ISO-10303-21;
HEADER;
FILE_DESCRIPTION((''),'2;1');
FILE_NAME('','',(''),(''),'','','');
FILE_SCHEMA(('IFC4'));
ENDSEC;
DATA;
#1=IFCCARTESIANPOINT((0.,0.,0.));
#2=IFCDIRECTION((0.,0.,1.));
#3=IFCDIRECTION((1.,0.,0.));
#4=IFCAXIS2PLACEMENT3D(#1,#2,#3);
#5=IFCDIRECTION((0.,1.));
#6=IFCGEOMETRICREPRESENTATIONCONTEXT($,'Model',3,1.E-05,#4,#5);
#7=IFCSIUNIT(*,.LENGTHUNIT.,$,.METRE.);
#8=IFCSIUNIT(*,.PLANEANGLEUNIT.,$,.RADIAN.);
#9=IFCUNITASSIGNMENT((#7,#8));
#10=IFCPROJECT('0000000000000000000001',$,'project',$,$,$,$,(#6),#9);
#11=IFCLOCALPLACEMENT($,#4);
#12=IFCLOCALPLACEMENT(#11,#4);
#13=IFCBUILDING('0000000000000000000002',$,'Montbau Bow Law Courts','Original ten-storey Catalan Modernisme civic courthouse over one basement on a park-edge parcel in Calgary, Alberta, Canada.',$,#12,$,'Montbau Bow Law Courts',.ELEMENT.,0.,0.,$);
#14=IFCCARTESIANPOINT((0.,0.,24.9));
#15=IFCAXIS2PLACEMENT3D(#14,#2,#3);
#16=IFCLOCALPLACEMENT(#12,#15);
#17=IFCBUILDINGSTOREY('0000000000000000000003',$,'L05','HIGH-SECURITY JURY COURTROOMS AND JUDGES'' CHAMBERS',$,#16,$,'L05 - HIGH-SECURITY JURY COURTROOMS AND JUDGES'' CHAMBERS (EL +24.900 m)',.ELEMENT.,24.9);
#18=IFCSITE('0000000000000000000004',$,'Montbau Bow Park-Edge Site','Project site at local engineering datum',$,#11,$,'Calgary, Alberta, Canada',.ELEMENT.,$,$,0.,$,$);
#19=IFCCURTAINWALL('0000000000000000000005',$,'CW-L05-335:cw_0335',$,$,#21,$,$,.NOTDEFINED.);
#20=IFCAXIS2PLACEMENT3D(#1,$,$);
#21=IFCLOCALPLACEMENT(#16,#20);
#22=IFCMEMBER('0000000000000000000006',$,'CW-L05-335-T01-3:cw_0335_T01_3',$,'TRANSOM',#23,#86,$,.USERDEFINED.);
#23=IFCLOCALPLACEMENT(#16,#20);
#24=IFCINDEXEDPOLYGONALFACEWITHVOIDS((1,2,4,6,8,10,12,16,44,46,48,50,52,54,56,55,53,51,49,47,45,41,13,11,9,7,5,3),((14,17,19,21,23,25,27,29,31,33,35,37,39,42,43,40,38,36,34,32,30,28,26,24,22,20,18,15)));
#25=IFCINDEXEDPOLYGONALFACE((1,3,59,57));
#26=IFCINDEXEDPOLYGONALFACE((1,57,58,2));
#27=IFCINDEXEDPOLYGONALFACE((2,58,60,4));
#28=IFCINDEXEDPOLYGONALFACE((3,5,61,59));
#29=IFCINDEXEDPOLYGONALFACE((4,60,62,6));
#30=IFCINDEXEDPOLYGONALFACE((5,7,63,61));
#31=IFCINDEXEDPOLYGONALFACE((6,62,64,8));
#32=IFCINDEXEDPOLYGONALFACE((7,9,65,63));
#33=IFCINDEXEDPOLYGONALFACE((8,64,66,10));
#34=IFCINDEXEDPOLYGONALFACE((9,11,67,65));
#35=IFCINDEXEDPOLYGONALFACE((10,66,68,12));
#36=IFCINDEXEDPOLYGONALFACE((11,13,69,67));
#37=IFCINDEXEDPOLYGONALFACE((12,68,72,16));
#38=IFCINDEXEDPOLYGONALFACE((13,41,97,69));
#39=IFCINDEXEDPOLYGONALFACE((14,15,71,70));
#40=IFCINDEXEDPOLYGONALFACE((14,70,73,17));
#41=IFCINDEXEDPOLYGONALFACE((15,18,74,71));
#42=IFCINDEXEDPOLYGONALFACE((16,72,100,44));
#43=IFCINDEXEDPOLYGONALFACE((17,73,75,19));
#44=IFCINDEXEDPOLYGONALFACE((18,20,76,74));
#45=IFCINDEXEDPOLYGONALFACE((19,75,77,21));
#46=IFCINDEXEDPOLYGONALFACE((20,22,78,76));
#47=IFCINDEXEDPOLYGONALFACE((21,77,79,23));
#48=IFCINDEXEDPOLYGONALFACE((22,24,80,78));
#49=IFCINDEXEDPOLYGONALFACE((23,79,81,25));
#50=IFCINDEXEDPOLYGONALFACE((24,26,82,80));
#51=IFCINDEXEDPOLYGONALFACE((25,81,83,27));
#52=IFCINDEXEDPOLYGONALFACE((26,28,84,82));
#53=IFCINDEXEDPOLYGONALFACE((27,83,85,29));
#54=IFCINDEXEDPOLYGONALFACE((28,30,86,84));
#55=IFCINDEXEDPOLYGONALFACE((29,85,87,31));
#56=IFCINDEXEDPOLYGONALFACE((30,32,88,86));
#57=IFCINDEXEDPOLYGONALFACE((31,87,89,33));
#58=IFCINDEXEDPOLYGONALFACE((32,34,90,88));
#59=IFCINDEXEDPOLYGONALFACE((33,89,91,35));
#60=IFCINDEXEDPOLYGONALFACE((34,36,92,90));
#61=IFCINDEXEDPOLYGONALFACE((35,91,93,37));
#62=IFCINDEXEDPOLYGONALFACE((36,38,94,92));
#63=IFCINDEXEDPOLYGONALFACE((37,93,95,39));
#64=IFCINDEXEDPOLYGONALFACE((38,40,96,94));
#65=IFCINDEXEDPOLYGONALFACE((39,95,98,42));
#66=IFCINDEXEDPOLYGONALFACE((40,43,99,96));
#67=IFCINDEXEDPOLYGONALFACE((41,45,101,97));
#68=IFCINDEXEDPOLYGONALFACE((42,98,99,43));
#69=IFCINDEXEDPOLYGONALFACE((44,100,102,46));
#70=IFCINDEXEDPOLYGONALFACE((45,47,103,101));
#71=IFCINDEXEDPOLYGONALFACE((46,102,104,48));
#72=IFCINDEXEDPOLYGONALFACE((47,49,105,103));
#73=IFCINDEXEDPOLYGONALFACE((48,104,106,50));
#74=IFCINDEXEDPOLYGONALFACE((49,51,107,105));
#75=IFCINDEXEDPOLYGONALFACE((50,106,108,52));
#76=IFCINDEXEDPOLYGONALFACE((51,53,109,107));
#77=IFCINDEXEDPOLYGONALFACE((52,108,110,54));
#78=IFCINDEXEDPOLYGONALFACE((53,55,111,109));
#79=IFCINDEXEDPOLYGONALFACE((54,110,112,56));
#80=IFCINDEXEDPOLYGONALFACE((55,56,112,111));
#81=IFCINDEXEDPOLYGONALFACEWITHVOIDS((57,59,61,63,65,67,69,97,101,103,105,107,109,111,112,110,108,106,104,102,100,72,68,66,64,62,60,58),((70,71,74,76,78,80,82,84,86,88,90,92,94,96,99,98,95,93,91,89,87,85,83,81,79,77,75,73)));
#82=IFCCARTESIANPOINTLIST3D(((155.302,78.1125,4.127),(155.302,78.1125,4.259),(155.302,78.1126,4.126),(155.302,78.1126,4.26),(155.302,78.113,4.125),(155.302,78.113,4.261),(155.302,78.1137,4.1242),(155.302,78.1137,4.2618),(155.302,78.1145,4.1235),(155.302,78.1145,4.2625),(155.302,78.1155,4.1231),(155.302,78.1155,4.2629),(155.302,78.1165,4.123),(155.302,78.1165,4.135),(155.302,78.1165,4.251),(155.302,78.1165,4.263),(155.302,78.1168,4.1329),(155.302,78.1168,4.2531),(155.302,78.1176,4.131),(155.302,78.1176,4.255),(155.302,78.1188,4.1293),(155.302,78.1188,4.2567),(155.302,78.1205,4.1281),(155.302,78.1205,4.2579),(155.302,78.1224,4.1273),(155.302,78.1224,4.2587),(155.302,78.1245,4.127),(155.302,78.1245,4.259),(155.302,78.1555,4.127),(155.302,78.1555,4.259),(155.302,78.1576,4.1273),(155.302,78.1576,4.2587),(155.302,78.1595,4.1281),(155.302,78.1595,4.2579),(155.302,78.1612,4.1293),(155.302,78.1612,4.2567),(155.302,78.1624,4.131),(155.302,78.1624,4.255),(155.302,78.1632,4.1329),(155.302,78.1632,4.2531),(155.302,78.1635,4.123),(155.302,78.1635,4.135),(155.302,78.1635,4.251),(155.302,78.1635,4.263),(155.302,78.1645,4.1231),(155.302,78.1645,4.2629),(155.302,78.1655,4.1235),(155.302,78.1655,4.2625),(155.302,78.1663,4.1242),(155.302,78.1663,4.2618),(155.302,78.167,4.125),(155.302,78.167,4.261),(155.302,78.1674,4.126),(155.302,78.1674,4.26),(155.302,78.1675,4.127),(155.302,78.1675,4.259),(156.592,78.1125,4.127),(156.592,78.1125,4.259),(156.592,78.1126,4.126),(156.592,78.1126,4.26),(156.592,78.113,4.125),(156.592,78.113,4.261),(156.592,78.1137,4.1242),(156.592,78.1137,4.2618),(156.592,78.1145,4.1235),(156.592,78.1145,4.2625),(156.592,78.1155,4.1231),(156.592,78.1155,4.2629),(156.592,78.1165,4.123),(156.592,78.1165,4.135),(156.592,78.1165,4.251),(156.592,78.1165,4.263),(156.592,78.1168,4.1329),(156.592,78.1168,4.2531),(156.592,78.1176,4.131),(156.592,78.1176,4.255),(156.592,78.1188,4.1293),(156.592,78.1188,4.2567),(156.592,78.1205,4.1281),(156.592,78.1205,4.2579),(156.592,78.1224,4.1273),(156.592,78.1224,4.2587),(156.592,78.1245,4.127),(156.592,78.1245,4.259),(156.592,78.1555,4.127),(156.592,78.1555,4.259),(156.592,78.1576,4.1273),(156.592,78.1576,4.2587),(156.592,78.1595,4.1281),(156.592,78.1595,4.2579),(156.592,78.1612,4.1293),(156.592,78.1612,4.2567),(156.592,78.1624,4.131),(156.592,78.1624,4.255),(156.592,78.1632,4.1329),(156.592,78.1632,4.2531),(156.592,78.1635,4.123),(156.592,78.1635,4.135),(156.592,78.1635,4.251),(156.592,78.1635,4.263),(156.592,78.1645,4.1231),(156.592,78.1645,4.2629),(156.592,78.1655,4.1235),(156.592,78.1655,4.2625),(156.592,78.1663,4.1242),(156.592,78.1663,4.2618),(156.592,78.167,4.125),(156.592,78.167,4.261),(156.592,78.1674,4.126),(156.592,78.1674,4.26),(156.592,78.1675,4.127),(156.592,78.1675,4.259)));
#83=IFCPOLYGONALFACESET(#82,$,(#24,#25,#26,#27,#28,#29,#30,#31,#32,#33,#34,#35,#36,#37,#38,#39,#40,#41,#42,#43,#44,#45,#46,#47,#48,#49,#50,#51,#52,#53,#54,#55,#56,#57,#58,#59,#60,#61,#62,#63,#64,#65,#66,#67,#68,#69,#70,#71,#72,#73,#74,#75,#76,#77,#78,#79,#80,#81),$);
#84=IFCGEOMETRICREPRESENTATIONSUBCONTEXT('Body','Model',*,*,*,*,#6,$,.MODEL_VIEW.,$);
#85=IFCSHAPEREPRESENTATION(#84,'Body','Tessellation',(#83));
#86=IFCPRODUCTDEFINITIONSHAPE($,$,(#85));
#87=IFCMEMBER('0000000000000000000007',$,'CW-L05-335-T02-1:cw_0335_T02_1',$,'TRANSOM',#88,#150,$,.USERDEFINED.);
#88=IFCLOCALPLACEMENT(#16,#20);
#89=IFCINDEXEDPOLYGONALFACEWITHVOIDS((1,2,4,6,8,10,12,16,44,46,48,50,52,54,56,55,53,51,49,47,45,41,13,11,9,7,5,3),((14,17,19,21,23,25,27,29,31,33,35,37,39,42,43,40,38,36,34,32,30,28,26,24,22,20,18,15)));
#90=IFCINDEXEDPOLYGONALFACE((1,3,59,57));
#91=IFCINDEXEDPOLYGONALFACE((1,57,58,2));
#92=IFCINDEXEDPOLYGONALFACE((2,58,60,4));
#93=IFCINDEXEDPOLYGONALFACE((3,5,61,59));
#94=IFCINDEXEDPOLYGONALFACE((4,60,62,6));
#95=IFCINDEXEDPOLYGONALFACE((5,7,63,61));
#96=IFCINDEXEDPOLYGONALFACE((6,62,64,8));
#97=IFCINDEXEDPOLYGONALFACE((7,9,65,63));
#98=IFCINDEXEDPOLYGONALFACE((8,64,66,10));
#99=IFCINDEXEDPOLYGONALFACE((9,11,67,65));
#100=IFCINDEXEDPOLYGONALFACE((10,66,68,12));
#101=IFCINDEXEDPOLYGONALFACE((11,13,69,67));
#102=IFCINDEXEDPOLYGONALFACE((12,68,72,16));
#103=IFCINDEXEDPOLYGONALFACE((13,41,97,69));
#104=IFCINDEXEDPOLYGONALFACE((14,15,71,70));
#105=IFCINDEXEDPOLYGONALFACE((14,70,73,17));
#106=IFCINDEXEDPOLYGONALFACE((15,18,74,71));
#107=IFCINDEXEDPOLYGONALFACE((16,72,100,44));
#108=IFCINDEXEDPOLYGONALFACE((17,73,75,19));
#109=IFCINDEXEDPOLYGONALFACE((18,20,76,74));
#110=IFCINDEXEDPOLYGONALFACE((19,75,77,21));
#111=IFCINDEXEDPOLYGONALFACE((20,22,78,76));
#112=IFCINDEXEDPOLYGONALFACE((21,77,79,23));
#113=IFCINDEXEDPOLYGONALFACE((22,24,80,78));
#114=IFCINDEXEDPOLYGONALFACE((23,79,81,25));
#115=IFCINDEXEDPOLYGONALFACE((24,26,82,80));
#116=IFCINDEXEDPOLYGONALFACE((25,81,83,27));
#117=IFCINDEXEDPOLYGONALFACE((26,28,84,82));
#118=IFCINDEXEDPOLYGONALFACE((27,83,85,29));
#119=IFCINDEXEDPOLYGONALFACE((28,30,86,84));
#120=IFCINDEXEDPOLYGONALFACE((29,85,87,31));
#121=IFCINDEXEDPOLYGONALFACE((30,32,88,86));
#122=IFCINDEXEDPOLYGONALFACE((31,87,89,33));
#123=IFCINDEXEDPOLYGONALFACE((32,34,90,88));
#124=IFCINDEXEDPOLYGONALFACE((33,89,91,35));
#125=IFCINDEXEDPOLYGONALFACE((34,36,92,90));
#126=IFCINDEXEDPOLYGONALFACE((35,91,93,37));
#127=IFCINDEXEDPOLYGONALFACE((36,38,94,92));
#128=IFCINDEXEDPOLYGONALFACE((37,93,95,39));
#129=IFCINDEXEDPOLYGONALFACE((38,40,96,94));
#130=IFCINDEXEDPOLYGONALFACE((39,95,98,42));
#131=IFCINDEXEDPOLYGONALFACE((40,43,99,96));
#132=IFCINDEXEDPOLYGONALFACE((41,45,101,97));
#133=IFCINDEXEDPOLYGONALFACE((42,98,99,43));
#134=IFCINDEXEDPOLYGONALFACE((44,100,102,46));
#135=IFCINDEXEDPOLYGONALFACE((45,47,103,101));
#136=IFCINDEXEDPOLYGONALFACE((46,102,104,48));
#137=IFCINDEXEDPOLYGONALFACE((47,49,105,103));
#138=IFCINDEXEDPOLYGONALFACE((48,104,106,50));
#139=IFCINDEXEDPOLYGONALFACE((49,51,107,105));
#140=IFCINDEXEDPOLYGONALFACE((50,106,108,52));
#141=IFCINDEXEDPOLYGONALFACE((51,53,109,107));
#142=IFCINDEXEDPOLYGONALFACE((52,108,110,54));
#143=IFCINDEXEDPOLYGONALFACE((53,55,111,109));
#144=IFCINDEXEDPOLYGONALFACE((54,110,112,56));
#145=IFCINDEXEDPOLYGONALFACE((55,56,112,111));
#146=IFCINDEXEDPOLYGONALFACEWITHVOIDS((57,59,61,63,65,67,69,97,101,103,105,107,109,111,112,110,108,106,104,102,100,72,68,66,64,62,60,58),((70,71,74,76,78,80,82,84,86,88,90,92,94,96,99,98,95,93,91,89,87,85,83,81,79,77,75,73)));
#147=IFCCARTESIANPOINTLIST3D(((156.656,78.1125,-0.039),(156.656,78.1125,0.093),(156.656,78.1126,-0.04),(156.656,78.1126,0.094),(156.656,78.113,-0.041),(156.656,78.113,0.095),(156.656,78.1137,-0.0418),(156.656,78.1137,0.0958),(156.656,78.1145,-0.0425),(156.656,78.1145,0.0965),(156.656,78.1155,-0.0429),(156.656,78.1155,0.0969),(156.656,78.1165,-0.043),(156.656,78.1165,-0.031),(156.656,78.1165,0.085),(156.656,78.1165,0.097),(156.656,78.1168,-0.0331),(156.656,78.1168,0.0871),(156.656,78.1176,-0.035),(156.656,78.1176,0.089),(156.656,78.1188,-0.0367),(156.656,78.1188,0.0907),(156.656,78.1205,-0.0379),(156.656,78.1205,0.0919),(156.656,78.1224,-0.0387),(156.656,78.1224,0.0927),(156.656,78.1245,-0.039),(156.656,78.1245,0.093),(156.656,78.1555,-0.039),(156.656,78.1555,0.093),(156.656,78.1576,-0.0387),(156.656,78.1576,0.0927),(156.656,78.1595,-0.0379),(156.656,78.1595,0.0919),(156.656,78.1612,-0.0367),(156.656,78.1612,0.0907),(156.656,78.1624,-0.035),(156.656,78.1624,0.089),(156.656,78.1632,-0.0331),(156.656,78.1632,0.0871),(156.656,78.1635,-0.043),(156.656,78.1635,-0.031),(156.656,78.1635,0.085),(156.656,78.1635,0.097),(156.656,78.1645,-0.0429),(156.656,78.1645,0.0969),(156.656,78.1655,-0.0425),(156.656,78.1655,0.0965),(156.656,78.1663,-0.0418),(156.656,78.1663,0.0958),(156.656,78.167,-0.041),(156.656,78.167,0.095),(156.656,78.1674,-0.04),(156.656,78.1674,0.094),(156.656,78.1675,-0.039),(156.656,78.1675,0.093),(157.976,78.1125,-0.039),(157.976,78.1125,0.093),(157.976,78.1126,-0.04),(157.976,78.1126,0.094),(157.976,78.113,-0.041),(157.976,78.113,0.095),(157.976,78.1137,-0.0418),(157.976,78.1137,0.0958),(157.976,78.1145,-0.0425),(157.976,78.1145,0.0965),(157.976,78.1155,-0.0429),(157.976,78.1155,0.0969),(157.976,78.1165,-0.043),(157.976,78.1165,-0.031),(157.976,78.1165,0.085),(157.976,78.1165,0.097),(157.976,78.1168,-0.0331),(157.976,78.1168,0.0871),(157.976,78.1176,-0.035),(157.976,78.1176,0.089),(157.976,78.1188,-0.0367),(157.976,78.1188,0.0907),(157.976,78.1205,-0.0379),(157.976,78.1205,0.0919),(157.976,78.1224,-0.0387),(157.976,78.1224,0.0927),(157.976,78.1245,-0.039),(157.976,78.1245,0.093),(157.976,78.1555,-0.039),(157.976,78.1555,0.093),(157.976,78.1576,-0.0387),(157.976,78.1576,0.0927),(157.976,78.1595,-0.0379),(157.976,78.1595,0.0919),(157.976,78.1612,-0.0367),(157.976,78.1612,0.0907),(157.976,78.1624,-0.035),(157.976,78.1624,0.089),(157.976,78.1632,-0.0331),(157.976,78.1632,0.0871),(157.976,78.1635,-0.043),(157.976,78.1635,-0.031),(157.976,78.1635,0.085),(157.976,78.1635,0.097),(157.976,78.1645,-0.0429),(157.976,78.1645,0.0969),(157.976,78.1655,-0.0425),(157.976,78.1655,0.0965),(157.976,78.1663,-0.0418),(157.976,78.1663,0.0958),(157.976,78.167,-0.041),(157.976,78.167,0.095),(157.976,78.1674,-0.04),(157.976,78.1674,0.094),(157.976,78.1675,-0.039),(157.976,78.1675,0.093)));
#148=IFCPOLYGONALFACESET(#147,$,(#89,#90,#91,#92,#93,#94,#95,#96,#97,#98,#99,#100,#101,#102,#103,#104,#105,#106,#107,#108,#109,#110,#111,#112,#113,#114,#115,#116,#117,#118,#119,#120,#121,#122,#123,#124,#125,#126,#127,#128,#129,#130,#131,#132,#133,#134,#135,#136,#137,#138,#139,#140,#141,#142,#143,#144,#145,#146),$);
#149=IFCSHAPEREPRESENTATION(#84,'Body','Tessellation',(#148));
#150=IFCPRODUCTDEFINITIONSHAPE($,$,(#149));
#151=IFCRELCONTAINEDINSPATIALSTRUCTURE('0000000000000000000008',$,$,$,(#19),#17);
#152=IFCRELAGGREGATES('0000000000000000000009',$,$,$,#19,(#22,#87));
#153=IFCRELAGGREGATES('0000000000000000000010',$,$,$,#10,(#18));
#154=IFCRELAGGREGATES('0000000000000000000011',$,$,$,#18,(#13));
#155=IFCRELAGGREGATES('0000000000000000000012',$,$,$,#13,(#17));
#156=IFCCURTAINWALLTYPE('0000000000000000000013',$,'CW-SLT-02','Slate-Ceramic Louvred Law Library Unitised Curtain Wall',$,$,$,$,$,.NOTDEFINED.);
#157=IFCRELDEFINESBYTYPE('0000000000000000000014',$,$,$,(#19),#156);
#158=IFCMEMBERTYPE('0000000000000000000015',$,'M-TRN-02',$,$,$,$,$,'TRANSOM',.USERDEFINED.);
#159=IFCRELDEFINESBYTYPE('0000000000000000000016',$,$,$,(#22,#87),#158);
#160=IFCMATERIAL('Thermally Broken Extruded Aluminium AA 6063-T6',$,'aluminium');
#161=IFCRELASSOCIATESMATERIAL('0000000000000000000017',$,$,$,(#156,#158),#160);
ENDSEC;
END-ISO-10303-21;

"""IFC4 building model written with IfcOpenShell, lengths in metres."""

from ifc_helpers import new_model, si_unit, direction, frame, origin_with_axes, origin_2d_with_axis, place, context, subcontext, project, spatial, hollow_rectangle, extrude, material, material_profile, profile_set, type_object, element, aggregate, save


model = new_model("IFC4")

# Units and contexts
model_context = context("Model", 3, precision=1e-05, world=origin_with_axes(), true_north=direction((0.0, 1.0)))
body_context = subcontext(model_context, "Body", "Model", "MODEL_VIEW")
ifc_project = project(units=[si_unit("LENGTHUNIT", "METRE"), si_unit("PLANEANGLEUNIT", "RADIAN")], contexts=[model_context])

# Site, building, storey
site_placement = place(None, origin_with_axes())
site = spatial("IfcSite", under=ifc_project, at=site_placement, Name="Montbau Bow Park-Edge Site", Description="Project site at local engineering datum", LongName="Calgary, Alberta, Canada", CompositionType="ELEMENT", RefElevation=0.0)
building_placement = place(site_placement, origin_with_axes())
building = spatial("IfcBuilding", under=site, at=building_placement, Name="Montbau Bow Law Courts", Description="Original ten-storey Catalan Modernisme civic courthouse over one basement on a park-edge parcel in Calgary, Alberta, Canada.", LongName="Montbau Bow Law Courts", CompositionType="ELEMENT", ElevationOfRefHeight=0.0, ElevationOfTerrain=0.0)
storey_placement = place(building_placement, frame((0.0, 0.0, 24.9), z_axis=(0.0, 0.0, 1.0), x_axis=(1.0, 0.0, 0.0)))
storey = spatial("IfcBuildingStorey", under=building, at=storey_placement, Name="L05", Description="HIGH-SECURITY JURY COURTROOMS AND JUDGES' CHAMBERS", LongName="L05 - HIGH-SECURITY JURY COURTROOMS AND JUDGES' CHAMBERS (EL +24.900 m)", CompositionType="ELEMENT", Elevation=24.9)

# Curtain wall, members
ifc_material_1 = material(Name="Thermally Broken Extruded Aluminium AA 6063-T6", Category="aluminium")
curtain_wall_type = type_object("IfcCurtainWallType", Name="CW-SLT-02", Description="Slate-Ceramic Louvred Law Library Unitised Curtain Wall", PredefinedType="NOTDEFINED", material=ifc_material_1)
curtain_wall_placement = place(None, frame((155.24, 78.14, 24.9), z_axis=(0.0, 0.0, 1.0), x_axis=(1.0, 0.0, 0.0)))
curtain_wall = element("IfcCurtainWall", 1, at=curtain_wall_placement, inside=storey, type_object=curtain_wall_type, Name="CW-L05-335:cw_0335", PredefinedType="NOTDEFINED")
ifc_material_profile_1 = material_profile(ifc_material_1, hollow_rectangle(XDim=0.055, YDim=0.14, WallThickness=0.004, InnerFilletRadius=0.008, OuterFilletRadius=0.004, at=origin_2d_with_axis()), Name="CWT-140X55", Category="Main", Priority=0)
ifc_profile_set_1 = profile_set([ifc_material_profile_1], Name="Thermally Broken Extruded Aluminium AA 6063-T6")
member_type_1 = type_object("IfcMemberType", Name="M-TRN-02", ElementType="TRANSOM", PredefinedType="USERDEFINED", material=ifc_profile_set_1)
member_1_placement = place(None, frame((155.302, 78.14, 29.093), z_axis=(1.0, 0.0, 0.0), x_axis=(0.0, 1.0, 0.0)))
member_1 = element("IfcMember", 2, at=member_1_placement, type_object=member_type_1, Name="CW-L05-335-T01-3:cw_0335_T01_3", ObjectType="TRANSOM", PredefinedType="USERDEFINED", context=body_context, shape_type="SweptSolid", body=[
    extrude(hollow_rectangle(XDim=0.055, YDim=0.14, WallThickness=0.004, InnerFilletRadius=0.008, OuterFilletRadius=0.004, at=origin_2d_with_axis()), origin_with_axes(), (0.0, 0.0, 1.0), 1.29),
])
member_2_placement = place(None, frame((156.656, 78.14, 24.927), z_axis=(1.0, 0.0, 0.0), x_axis=(0.0, 1.0, 0.0)))
member_2 = element("IfcMember", 3, at=member_2_placement, type_object=member_type_1, Name="CW-L05-335-T02-1:cw_0335_T02_1", ObjectType="TRANSOM", PredefinedType="USERDEFINED", context=body_context, shape_type="SweptSolid", body=[
    extrude(hollow_rectangle(XDim=0.055, YDim=0.14, WallThickness=0.004, InnerFilletRadius=0.008, OuterFilletRadius=0.004, at=origin_2d_with_axis()), origin_with_axes(), (0.0, 0.0, 1.0), 1.32),
])
aggregate(curtain_wall, [member_1, member_2])

save(model, "model.ifc")
